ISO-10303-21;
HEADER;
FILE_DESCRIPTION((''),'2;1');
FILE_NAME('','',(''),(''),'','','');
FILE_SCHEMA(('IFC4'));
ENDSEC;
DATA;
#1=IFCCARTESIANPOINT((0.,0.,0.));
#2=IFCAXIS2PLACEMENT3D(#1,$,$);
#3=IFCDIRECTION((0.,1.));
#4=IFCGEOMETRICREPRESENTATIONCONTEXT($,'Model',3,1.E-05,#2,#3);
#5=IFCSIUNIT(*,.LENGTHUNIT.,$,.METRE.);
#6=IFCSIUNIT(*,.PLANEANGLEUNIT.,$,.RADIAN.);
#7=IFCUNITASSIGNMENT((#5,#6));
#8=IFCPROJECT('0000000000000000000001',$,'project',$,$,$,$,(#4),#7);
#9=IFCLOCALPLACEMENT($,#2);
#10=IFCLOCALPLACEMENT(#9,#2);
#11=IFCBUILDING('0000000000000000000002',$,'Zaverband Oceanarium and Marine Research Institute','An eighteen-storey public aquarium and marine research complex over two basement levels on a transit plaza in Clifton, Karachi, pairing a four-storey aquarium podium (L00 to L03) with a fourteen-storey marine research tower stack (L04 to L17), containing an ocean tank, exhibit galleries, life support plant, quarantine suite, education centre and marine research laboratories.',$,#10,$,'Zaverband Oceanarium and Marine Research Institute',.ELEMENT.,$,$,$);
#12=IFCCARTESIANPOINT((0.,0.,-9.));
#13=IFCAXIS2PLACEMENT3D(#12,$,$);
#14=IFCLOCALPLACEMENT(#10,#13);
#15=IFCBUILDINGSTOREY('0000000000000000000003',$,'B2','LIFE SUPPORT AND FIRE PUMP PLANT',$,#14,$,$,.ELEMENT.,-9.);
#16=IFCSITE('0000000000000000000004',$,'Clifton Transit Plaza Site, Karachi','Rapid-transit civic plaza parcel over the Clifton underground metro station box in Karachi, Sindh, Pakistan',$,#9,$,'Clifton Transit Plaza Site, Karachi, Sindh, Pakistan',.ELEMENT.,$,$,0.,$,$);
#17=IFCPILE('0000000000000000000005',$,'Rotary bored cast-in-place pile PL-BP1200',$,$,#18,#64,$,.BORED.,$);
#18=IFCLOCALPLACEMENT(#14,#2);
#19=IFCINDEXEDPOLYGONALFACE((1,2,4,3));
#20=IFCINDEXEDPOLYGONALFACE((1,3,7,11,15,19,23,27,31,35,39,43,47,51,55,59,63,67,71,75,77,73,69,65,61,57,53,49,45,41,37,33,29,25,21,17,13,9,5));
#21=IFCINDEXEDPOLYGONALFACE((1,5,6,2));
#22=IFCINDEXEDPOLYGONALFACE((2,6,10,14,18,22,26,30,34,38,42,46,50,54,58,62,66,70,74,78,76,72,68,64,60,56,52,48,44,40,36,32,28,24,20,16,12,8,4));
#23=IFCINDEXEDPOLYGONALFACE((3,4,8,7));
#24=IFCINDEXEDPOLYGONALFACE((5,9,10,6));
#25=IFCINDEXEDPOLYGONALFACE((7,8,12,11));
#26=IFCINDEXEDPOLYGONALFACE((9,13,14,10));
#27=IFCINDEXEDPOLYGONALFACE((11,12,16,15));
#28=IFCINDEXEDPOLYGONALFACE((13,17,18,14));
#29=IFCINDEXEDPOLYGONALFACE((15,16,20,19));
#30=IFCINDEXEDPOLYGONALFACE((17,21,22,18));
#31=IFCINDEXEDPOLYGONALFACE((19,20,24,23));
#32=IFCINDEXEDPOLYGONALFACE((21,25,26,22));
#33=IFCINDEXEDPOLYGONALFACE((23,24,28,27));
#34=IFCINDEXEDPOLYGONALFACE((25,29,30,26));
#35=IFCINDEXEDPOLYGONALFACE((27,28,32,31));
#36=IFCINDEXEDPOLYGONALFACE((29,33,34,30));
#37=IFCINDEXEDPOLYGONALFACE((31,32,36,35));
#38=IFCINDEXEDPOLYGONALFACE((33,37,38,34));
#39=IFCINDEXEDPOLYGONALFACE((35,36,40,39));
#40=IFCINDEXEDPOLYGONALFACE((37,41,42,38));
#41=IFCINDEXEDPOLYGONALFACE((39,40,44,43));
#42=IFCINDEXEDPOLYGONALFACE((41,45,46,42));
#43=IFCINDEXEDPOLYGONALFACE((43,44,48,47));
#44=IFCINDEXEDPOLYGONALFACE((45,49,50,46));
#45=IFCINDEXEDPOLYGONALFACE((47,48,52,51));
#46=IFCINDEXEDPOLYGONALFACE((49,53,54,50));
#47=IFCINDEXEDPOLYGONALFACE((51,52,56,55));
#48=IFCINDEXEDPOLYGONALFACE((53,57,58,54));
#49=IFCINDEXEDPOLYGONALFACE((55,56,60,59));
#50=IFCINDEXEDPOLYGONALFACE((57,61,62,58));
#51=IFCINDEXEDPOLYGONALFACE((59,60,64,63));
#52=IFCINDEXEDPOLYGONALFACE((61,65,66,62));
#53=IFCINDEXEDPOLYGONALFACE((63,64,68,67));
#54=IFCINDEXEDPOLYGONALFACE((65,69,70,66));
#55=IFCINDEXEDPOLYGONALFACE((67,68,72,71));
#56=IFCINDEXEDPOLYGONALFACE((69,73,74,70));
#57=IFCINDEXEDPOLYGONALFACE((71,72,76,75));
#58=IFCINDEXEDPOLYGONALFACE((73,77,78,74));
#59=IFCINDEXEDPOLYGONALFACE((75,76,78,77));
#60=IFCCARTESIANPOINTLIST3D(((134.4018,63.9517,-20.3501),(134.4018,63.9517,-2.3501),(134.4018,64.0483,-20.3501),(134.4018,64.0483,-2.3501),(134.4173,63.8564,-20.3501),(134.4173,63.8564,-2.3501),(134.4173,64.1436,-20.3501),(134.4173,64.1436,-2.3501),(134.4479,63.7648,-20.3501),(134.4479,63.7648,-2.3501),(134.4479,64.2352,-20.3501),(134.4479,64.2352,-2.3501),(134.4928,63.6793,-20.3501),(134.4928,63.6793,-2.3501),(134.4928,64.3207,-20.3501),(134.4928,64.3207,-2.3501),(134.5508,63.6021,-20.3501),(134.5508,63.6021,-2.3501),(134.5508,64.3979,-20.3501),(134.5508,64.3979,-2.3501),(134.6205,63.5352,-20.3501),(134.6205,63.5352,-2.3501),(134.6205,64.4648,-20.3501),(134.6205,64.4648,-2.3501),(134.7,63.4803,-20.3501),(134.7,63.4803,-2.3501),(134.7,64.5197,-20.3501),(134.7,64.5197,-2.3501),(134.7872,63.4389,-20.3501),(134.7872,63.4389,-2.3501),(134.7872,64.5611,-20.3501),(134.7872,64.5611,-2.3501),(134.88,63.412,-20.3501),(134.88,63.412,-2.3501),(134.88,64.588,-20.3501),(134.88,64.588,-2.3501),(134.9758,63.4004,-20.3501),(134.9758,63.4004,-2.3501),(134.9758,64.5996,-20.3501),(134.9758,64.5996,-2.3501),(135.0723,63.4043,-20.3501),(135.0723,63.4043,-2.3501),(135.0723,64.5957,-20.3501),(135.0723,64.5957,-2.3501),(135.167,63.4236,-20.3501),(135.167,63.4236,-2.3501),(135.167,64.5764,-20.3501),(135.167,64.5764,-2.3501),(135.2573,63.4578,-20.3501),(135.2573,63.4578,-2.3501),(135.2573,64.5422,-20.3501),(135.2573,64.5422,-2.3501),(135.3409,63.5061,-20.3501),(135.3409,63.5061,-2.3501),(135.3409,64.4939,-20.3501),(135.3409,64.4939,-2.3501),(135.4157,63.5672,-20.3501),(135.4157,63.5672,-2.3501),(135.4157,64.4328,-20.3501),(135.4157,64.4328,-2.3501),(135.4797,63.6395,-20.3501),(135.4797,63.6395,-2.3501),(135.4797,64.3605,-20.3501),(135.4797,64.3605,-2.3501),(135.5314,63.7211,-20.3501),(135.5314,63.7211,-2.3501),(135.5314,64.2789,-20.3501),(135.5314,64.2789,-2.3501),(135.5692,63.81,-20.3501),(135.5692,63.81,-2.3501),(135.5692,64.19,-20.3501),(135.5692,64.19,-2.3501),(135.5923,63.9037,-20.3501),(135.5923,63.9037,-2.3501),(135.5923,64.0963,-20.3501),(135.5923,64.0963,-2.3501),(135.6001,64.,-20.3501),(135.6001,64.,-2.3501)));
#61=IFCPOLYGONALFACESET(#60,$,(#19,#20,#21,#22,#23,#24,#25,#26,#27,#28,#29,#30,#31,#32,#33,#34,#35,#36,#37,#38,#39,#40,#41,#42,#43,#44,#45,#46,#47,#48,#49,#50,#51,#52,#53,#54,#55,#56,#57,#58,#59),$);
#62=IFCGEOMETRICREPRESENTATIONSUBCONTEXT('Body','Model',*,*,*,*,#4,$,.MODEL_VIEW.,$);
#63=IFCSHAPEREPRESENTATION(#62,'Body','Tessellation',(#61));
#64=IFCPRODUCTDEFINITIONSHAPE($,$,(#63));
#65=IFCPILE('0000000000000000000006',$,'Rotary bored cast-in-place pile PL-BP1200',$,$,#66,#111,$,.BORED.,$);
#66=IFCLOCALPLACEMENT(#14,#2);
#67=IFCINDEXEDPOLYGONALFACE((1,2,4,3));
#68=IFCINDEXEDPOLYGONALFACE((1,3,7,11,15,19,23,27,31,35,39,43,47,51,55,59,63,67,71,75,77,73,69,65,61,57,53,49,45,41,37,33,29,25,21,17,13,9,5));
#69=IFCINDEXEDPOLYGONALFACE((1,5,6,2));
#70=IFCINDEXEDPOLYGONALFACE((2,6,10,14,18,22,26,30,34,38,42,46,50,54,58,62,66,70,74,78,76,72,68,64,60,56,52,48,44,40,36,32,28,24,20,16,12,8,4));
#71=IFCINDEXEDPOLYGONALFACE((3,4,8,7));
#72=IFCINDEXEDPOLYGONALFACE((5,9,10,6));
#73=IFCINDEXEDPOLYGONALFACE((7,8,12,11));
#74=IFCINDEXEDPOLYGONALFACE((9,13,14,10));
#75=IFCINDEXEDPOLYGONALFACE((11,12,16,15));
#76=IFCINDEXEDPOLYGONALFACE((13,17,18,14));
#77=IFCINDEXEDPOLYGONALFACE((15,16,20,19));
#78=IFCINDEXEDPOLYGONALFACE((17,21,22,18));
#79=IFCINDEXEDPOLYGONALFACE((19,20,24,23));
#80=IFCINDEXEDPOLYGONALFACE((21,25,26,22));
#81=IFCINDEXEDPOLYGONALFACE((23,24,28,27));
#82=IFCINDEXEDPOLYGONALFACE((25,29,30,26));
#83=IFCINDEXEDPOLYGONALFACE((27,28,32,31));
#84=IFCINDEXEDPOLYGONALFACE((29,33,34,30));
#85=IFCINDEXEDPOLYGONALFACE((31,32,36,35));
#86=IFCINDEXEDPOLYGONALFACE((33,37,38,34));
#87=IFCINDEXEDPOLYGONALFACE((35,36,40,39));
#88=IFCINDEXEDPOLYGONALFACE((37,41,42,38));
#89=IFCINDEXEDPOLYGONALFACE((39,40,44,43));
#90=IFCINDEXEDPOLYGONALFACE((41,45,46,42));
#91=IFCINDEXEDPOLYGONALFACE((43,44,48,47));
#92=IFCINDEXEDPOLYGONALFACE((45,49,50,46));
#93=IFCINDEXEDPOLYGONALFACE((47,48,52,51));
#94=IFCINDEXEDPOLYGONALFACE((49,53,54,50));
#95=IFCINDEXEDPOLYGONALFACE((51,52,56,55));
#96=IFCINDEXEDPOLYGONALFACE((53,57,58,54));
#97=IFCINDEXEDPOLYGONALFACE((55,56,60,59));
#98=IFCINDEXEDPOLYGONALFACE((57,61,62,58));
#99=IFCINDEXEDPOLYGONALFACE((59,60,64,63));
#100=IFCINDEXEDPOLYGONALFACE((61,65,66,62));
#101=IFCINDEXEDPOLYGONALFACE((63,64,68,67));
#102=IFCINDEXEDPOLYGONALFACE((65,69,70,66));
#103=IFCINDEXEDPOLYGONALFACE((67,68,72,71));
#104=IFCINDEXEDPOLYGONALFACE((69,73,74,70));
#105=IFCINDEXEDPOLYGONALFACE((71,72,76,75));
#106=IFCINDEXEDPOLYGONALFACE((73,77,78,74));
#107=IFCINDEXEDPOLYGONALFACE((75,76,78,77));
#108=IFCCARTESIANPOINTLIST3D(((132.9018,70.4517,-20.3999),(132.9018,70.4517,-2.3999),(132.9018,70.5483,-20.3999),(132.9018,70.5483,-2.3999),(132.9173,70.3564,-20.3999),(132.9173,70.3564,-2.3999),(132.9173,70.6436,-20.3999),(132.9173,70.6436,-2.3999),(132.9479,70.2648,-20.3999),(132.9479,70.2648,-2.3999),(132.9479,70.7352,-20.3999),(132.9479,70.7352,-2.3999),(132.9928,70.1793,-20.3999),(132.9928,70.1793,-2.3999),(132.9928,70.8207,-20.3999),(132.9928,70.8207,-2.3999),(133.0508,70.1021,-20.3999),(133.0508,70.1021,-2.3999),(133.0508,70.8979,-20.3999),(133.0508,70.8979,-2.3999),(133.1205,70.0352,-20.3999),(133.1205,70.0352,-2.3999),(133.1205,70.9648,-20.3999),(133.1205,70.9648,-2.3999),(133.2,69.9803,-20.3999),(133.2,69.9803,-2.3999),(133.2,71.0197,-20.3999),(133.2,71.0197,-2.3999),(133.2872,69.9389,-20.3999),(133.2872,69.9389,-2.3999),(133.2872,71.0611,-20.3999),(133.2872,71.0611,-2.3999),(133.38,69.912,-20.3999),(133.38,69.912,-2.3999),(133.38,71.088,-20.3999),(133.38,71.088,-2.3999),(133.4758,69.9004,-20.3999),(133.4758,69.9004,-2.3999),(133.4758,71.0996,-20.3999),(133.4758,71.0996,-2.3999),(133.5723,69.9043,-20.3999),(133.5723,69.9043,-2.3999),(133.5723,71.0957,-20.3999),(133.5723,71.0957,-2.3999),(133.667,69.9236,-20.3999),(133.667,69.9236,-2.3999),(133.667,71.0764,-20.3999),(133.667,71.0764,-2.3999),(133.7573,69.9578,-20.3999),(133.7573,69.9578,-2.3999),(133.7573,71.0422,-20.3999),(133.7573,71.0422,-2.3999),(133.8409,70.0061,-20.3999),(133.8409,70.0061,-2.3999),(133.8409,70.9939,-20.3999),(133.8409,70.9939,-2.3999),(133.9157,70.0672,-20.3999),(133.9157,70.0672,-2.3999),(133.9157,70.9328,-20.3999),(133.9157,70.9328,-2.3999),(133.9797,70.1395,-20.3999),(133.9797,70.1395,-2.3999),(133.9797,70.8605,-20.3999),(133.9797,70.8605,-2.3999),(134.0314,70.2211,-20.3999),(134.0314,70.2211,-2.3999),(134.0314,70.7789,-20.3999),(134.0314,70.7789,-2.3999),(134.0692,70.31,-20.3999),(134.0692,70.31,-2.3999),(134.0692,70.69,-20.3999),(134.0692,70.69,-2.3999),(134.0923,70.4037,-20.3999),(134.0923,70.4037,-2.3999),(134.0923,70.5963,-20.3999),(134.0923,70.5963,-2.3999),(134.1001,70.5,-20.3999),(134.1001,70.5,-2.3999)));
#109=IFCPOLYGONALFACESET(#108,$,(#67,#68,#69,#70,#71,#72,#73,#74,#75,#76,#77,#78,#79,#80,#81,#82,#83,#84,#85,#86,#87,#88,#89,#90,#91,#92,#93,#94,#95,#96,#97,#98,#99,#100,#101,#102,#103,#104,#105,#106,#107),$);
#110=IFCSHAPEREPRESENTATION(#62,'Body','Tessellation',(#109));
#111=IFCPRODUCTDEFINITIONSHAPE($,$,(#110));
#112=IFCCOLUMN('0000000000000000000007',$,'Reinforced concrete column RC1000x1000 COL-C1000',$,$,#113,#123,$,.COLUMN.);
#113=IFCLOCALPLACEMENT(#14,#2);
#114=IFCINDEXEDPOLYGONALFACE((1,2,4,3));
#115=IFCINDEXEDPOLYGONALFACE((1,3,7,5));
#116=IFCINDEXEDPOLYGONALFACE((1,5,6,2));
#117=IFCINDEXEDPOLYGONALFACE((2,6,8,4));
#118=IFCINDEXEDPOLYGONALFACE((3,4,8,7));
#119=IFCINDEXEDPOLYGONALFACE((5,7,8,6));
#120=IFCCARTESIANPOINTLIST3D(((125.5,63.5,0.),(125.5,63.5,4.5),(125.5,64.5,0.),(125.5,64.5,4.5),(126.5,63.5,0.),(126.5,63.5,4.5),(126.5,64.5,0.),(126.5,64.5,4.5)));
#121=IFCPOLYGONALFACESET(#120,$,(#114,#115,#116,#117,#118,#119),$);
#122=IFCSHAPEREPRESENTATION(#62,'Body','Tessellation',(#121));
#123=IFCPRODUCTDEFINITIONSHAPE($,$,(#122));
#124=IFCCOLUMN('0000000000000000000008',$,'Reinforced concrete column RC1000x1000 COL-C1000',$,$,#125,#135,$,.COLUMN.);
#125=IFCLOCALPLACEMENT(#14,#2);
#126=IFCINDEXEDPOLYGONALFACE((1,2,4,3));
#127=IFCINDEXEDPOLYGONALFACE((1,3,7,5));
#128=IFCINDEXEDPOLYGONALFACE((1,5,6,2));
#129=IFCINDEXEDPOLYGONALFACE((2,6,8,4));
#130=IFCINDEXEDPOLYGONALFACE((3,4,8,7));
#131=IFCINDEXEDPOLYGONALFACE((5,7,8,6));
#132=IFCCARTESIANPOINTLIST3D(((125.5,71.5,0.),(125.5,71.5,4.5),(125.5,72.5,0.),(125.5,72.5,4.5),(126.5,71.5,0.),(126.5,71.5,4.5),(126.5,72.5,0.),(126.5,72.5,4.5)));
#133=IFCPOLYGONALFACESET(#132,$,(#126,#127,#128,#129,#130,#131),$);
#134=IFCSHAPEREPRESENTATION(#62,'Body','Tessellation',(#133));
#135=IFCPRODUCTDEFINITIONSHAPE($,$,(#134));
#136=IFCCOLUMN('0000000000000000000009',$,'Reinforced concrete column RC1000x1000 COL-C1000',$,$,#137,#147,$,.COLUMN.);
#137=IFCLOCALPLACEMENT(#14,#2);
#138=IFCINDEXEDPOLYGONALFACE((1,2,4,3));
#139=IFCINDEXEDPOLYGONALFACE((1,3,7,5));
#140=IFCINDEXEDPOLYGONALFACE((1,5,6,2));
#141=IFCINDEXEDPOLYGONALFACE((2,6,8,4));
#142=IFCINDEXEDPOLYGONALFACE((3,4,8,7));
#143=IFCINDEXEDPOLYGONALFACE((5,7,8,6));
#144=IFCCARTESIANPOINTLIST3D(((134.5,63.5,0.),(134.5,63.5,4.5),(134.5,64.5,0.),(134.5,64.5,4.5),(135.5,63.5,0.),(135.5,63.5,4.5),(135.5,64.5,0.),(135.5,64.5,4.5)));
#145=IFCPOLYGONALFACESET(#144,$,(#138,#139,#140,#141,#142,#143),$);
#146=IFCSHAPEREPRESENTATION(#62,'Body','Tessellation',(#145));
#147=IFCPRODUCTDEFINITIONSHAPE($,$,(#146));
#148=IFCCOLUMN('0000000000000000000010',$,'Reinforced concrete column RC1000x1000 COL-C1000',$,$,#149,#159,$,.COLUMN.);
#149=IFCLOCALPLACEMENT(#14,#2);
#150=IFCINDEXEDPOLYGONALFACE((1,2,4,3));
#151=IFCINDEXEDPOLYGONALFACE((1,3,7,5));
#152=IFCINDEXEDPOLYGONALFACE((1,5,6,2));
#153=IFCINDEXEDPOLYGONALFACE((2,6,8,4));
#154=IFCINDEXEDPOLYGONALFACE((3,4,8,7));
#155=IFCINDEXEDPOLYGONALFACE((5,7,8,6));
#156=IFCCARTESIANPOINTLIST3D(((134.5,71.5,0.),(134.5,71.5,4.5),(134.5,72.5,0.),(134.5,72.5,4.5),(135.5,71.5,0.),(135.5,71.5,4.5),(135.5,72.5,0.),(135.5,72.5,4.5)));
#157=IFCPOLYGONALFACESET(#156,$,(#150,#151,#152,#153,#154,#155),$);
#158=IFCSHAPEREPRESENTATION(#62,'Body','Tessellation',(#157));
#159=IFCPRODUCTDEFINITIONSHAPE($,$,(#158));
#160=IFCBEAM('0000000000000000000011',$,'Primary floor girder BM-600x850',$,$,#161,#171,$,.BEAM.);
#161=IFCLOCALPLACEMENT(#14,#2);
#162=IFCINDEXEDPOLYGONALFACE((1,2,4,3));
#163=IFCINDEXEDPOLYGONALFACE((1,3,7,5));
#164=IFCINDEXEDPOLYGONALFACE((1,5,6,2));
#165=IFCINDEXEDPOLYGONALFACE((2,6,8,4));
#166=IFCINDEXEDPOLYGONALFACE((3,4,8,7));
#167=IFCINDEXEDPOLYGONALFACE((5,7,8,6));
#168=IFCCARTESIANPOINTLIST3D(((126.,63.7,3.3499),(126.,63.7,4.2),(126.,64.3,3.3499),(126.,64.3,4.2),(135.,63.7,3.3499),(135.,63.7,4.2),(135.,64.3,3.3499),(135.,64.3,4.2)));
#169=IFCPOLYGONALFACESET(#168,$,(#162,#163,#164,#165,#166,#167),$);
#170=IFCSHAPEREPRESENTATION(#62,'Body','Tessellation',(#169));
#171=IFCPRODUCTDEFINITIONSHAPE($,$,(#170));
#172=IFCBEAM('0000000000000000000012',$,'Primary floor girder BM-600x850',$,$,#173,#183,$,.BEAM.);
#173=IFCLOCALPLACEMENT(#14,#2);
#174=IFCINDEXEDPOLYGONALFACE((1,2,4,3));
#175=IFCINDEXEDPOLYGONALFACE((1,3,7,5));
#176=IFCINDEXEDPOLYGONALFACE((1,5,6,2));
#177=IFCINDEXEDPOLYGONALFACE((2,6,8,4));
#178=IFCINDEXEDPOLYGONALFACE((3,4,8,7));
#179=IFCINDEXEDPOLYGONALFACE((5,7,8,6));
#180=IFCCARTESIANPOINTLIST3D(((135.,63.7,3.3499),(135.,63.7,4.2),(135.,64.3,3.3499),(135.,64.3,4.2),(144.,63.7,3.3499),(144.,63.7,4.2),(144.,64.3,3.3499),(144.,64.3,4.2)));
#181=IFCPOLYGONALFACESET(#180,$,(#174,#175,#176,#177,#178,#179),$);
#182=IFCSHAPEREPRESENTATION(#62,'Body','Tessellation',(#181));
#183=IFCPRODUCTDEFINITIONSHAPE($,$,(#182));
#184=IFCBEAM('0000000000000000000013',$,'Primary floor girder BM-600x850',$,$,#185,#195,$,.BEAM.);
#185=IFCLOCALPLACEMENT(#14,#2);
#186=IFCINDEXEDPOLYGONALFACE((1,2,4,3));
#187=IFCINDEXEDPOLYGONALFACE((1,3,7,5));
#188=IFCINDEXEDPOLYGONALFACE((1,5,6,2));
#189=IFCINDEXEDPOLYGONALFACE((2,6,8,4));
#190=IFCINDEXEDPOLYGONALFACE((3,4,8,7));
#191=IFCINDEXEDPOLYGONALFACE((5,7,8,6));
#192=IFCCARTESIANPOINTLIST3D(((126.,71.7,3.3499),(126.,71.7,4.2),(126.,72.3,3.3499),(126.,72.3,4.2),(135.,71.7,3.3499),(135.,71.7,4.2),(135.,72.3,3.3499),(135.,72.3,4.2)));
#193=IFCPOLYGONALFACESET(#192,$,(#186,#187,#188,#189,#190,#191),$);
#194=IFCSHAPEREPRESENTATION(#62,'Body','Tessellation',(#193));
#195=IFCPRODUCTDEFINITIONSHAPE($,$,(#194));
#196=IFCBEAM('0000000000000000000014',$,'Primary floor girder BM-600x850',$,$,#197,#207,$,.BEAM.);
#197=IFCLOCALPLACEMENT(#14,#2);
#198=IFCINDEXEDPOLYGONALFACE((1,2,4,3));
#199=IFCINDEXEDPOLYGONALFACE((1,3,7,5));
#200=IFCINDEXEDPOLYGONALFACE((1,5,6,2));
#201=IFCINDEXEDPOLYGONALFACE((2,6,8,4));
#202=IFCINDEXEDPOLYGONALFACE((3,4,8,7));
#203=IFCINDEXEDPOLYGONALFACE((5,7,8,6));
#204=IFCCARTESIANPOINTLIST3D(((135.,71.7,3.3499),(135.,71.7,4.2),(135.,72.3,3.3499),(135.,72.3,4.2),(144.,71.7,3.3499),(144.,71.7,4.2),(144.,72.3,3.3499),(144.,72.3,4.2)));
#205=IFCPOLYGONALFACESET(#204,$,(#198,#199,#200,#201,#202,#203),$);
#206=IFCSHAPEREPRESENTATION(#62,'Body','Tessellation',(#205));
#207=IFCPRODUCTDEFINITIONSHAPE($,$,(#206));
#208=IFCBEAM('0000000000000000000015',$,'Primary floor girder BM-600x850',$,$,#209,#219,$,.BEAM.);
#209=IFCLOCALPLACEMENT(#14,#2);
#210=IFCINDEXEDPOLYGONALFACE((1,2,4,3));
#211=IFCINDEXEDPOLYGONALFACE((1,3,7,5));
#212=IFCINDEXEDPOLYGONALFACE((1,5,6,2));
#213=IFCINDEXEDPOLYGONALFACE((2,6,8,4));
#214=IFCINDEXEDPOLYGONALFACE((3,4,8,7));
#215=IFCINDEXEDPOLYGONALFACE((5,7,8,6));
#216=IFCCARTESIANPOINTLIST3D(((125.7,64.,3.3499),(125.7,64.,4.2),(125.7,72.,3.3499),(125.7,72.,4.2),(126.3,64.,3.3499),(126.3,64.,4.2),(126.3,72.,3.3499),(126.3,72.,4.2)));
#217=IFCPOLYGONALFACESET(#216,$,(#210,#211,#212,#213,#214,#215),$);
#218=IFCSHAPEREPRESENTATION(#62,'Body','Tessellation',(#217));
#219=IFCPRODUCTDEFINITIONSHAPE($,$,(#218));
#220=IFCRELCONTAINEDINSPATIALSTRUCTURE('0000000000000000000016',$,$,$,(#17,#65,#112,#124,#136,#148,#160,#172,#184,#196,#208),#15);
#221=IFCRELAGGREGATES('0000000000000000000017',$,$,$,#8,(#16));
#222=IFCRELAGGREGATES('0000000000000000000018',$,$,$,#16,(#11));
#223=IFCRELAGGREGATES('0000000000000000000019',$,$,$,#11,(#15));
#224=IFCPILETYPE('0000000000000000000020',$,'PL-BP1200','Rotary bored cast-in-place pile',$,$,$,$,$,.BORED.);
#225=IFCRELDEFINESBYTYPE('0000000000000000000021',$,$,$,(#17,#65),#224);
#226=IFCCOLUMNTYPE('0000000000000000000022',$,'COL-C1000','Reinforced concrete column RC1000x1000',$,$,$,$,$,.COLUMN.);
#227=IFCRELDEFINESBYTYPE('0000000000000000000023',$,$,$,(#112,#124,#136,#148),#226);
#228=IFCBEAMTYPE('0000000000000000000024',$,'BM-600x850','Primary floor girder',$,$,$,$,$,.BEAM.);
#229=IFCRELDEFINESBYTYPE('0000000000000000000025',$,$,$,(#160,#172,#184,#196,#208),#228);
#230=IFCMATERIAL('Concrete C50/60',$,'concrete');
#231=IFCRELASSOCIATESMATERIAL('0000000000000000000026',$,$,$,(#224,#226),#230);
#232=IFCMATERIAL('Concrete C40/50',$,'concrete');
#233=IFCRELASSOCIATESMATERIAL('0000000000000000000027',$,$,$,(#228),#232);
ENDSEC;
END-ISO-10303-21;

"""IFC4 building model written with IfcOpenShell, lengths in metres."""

from ifc_helpers import new_model, si_unit, direction, frame, origin, origin_2d, place, context, subcontext, project, spatial, rectangle, circle, extrude, material, material_profile, profile_set, type_object, element, save


model = new_model("IFC4")

# Units and contexts
model_context = context("Model", 3, precision=1e-05, world=origin(), true_north=direction((0.0, 1.0)))
body_context = subcontext(model_context, "Body", "Model", "MODEL_VIEW")
ifc_project = project(units=[si_unit("LENGTHUNIT", "METRE"), si_unit("PLANEANGLEUNIT", "RADIAN")], contexts=[model_context])

# Site, building, storey
site_placement = place(None, origin())
site = spatial("IfcSite", under=ifc_project, at=site_placement, Name="Clifton Transit Plaza Site, Karachi", Description="Rapid-transit civic plaza parcel over the Clifton underground metro station box in Karachi, Sindh, Pakistan", LongName="Clifton Transit Plaza Site, Karachi, Sindh, Pakistan", CompositionType="ELEMENT", RefElevation=0.0)
building_placement = place(site_placement, origin())
building = spatial("IfcBuilding", under=site, at=building_placement, Name="Zaverband Oceanarium and Marine Research Institute", Description="An eighteen-storey public aquarium and marine research complex over two basement levels on a transit plaza in Clifton, Karachi, pairing a four-storey aquarium podium (L00 to L03) with a fourteen-storey marine research tower stack (L04 to L17), containing an ocean tank, exhibit galleries, life support plant, quarantine suite, education centre and marine research laboratories.", LongName="Zaverband Oceanarium and Marine Research Institute", CompositionType="ELEMENT")
storey_placement = place(building_placement, frame((0.0, 0.0, -9.0)))
storey = spatial("IfcBuildingStorey", under=building, at=storey_placement, Name="B2", Description="LIFE SUPPORT AND FIRE PUMP PLANT", CompositionType="ELEMENT", Elevation=-9.0)

# Shared definitions
ifc_material_1 = material(Name="Concrete C50/60", Category="concrete")

# Piles
ifc_material_profile_1 = material_profile(ifc_material_1, circle(Radius=0.6001, at=origin_2d()), Name="BP1200")
ifc_profile_set_1 = profile_set([ifc_material_profile_1], Name="Concrete C50/60")
pile_type = type_object("IfcPileType", Name="PL-BP1200", Description="Rotary bored cast-in-place pile", PredefinedType="BORED", material=ifc_profile_set_1)
for number, where, z_axis, x_axis, name in (
    (1, (135.0, 64.0, -2.3501), (0.0, 0.0, -1.0), (1.0, 0.0, 0.0), "Rotary bored cast-in-place pile PL-BP1200"),
    (2, (133.5, 70.5, -2.3999), (0.0, 0.0, -1.0), (1.0, 0.0, 0.0), "Rotary bored cast-in-place pile PL-BP1200"),
):
    element("IfcPile", number, at=place(storey_placement, frame(where, z_axis=z_axis, x_axis=x_axis)), inside=storey, type_object=pile_type, Name=name, PredefinedType="BORED", context=body_context, shape_type="SweptSolid", body=[
        extrude(circle(Radius=0.6001, at=origin_2d()), origin(), (0.0, 0.0, 1.0), 18.0),
    ])

# Columns
ifc_material_profile_2 = material_profile(ifc_material_1, rectangle(XDim=1.0, YDim=1.0, at=origin_2d()), Name="RC1000x1000")
ifc_profile_set_2 = profile_set([ifc_material_profile_2], Name="Concrete C50/60")
column_type = type_object("IfcColumnType", Name="COL-C1000", Description="Reinforced concrete column RC1000x1000", PredefinedType="COLUMN", material=ifc_profile_set_2)
for number, where, z_axis, x_axis, name in (
    (3, (126.0, 64.0, 0.0), (0.0, 0.0, 1.0), (1.0, 0.0, 0.0), "Reinforced concrete column RC1000x1000 COL-C1000"),
    (4, (126.0, 72.0, 0.0), (0.0, 0.0, 1.0), (1.0, 0.0, 0.0), "Reinforced concrete column RC1000x1000 COL-C1000"),
    (5, (135.0, 64.0, 0.0), (0.0, 0.0, 1.0), (1.0, 0.0, 0.0), "Reinforced concrete column RC1000x1000 COL-C1000"),
    (6, (135.0, 72.0, 0.0), (0.0, 0.0, 1.0), (1.0, 0.0, 0.0), "Reinforced concrete column RC1000x1000 COL-C1000"),
):
    element("IfcColumn", number, at=place(storey_placement, frame(where, z_axis=z_axis, x_axis=x_axis)), inside=storey, type_object=column_type, Name=name, PredefinedType="COLUMN", context=body_context, shape_type="SweptSolid", body=[
        extrude(rectangle(XDim=1.0, YDim=1.0, at=origin_2d()), origin(), (0.0, 0.0, 1.0), 4.5),
    ])

# Beams
ifc_material_2 = material(Name="Concrete C40/50", Category="concrete")
ifc_material_profile_3 = material_profile(ifc_material_2, rectangle(XDim=0.6001, YDim=0.8501, at=origin_2d()), Name="RC600x850")
ifc_profile_set_3 = profile_set([ifc_material_profile_3], Name="Concrete C40/50")
beam_type_1 = type_object("IfcBeamType", Name="BM-600x850", Description="Primary floor girder", PredefinedType="BEAM", material=ifc_profile_set_3)
for number, where, z_axis, x_axis, name in (
    (7, (126.0, 64.0, 3.7749), (1.0, 0.0, 0.0), (0.0, 1.0, 0.0), "Primary floor girder BM-600x850"),
    (8, (135.0, 64.0, 3.7749), (1.0, 0.0, 0.0), (0.0, 1.0, 0.0), "Primary floor girder BM-600x850"),
    (9, (126.0, 72.0, 3.7749), (1.0, 0.0, 0.0), (0.0, 1.0, 0.0), "Primary floor girder BM-600x850"),
    (10, (135.0, 72.0, 3.7749), (1.0, 0.0, 0.0), (0.0, 1.0, 0.0), "Primary floor girder BM-600x850"),
):
    element("IfcBeam", number, at=place(storey_placement, frame(where, z_axis=z_axis, x_axis=x_axis)), inside=storey, type_object=beam_type_1, Name=name, PredefinedType="BEAM", context=body_context, shape_type="SweptSolid", body=[
        extrude(rectangle(XDim=0.6001, YDim=0.8501, at=origin_2d()), origin(), (0.0, 0.0, 1.0), 9.0),
    ])
for number, where, z_axis, x_axis, name in (
    (11, (126.0, 64.0, 3.7749), (0.0, 1.0, 0.0), (-1.0, 0.0, 0.0), "Primary floor girder BM-600x850"),
):
    element("IfcBeam", number, at=place(storey_placement, frame(where, z_axis=z_axis, x_axis=x_axis)), inside=storey, type_object=beam_type_1, Name=name, PredefinedType="BEAM", context=body_context, shape_type="SweptSolid", body=[
        extrude(rectangle(XDim=0.6001, YDim=0.8501, at=origin_2d()), origin(), (0.0, 0.0, 1.0), 8.0),
    ])

save(model, "model.ifc")
